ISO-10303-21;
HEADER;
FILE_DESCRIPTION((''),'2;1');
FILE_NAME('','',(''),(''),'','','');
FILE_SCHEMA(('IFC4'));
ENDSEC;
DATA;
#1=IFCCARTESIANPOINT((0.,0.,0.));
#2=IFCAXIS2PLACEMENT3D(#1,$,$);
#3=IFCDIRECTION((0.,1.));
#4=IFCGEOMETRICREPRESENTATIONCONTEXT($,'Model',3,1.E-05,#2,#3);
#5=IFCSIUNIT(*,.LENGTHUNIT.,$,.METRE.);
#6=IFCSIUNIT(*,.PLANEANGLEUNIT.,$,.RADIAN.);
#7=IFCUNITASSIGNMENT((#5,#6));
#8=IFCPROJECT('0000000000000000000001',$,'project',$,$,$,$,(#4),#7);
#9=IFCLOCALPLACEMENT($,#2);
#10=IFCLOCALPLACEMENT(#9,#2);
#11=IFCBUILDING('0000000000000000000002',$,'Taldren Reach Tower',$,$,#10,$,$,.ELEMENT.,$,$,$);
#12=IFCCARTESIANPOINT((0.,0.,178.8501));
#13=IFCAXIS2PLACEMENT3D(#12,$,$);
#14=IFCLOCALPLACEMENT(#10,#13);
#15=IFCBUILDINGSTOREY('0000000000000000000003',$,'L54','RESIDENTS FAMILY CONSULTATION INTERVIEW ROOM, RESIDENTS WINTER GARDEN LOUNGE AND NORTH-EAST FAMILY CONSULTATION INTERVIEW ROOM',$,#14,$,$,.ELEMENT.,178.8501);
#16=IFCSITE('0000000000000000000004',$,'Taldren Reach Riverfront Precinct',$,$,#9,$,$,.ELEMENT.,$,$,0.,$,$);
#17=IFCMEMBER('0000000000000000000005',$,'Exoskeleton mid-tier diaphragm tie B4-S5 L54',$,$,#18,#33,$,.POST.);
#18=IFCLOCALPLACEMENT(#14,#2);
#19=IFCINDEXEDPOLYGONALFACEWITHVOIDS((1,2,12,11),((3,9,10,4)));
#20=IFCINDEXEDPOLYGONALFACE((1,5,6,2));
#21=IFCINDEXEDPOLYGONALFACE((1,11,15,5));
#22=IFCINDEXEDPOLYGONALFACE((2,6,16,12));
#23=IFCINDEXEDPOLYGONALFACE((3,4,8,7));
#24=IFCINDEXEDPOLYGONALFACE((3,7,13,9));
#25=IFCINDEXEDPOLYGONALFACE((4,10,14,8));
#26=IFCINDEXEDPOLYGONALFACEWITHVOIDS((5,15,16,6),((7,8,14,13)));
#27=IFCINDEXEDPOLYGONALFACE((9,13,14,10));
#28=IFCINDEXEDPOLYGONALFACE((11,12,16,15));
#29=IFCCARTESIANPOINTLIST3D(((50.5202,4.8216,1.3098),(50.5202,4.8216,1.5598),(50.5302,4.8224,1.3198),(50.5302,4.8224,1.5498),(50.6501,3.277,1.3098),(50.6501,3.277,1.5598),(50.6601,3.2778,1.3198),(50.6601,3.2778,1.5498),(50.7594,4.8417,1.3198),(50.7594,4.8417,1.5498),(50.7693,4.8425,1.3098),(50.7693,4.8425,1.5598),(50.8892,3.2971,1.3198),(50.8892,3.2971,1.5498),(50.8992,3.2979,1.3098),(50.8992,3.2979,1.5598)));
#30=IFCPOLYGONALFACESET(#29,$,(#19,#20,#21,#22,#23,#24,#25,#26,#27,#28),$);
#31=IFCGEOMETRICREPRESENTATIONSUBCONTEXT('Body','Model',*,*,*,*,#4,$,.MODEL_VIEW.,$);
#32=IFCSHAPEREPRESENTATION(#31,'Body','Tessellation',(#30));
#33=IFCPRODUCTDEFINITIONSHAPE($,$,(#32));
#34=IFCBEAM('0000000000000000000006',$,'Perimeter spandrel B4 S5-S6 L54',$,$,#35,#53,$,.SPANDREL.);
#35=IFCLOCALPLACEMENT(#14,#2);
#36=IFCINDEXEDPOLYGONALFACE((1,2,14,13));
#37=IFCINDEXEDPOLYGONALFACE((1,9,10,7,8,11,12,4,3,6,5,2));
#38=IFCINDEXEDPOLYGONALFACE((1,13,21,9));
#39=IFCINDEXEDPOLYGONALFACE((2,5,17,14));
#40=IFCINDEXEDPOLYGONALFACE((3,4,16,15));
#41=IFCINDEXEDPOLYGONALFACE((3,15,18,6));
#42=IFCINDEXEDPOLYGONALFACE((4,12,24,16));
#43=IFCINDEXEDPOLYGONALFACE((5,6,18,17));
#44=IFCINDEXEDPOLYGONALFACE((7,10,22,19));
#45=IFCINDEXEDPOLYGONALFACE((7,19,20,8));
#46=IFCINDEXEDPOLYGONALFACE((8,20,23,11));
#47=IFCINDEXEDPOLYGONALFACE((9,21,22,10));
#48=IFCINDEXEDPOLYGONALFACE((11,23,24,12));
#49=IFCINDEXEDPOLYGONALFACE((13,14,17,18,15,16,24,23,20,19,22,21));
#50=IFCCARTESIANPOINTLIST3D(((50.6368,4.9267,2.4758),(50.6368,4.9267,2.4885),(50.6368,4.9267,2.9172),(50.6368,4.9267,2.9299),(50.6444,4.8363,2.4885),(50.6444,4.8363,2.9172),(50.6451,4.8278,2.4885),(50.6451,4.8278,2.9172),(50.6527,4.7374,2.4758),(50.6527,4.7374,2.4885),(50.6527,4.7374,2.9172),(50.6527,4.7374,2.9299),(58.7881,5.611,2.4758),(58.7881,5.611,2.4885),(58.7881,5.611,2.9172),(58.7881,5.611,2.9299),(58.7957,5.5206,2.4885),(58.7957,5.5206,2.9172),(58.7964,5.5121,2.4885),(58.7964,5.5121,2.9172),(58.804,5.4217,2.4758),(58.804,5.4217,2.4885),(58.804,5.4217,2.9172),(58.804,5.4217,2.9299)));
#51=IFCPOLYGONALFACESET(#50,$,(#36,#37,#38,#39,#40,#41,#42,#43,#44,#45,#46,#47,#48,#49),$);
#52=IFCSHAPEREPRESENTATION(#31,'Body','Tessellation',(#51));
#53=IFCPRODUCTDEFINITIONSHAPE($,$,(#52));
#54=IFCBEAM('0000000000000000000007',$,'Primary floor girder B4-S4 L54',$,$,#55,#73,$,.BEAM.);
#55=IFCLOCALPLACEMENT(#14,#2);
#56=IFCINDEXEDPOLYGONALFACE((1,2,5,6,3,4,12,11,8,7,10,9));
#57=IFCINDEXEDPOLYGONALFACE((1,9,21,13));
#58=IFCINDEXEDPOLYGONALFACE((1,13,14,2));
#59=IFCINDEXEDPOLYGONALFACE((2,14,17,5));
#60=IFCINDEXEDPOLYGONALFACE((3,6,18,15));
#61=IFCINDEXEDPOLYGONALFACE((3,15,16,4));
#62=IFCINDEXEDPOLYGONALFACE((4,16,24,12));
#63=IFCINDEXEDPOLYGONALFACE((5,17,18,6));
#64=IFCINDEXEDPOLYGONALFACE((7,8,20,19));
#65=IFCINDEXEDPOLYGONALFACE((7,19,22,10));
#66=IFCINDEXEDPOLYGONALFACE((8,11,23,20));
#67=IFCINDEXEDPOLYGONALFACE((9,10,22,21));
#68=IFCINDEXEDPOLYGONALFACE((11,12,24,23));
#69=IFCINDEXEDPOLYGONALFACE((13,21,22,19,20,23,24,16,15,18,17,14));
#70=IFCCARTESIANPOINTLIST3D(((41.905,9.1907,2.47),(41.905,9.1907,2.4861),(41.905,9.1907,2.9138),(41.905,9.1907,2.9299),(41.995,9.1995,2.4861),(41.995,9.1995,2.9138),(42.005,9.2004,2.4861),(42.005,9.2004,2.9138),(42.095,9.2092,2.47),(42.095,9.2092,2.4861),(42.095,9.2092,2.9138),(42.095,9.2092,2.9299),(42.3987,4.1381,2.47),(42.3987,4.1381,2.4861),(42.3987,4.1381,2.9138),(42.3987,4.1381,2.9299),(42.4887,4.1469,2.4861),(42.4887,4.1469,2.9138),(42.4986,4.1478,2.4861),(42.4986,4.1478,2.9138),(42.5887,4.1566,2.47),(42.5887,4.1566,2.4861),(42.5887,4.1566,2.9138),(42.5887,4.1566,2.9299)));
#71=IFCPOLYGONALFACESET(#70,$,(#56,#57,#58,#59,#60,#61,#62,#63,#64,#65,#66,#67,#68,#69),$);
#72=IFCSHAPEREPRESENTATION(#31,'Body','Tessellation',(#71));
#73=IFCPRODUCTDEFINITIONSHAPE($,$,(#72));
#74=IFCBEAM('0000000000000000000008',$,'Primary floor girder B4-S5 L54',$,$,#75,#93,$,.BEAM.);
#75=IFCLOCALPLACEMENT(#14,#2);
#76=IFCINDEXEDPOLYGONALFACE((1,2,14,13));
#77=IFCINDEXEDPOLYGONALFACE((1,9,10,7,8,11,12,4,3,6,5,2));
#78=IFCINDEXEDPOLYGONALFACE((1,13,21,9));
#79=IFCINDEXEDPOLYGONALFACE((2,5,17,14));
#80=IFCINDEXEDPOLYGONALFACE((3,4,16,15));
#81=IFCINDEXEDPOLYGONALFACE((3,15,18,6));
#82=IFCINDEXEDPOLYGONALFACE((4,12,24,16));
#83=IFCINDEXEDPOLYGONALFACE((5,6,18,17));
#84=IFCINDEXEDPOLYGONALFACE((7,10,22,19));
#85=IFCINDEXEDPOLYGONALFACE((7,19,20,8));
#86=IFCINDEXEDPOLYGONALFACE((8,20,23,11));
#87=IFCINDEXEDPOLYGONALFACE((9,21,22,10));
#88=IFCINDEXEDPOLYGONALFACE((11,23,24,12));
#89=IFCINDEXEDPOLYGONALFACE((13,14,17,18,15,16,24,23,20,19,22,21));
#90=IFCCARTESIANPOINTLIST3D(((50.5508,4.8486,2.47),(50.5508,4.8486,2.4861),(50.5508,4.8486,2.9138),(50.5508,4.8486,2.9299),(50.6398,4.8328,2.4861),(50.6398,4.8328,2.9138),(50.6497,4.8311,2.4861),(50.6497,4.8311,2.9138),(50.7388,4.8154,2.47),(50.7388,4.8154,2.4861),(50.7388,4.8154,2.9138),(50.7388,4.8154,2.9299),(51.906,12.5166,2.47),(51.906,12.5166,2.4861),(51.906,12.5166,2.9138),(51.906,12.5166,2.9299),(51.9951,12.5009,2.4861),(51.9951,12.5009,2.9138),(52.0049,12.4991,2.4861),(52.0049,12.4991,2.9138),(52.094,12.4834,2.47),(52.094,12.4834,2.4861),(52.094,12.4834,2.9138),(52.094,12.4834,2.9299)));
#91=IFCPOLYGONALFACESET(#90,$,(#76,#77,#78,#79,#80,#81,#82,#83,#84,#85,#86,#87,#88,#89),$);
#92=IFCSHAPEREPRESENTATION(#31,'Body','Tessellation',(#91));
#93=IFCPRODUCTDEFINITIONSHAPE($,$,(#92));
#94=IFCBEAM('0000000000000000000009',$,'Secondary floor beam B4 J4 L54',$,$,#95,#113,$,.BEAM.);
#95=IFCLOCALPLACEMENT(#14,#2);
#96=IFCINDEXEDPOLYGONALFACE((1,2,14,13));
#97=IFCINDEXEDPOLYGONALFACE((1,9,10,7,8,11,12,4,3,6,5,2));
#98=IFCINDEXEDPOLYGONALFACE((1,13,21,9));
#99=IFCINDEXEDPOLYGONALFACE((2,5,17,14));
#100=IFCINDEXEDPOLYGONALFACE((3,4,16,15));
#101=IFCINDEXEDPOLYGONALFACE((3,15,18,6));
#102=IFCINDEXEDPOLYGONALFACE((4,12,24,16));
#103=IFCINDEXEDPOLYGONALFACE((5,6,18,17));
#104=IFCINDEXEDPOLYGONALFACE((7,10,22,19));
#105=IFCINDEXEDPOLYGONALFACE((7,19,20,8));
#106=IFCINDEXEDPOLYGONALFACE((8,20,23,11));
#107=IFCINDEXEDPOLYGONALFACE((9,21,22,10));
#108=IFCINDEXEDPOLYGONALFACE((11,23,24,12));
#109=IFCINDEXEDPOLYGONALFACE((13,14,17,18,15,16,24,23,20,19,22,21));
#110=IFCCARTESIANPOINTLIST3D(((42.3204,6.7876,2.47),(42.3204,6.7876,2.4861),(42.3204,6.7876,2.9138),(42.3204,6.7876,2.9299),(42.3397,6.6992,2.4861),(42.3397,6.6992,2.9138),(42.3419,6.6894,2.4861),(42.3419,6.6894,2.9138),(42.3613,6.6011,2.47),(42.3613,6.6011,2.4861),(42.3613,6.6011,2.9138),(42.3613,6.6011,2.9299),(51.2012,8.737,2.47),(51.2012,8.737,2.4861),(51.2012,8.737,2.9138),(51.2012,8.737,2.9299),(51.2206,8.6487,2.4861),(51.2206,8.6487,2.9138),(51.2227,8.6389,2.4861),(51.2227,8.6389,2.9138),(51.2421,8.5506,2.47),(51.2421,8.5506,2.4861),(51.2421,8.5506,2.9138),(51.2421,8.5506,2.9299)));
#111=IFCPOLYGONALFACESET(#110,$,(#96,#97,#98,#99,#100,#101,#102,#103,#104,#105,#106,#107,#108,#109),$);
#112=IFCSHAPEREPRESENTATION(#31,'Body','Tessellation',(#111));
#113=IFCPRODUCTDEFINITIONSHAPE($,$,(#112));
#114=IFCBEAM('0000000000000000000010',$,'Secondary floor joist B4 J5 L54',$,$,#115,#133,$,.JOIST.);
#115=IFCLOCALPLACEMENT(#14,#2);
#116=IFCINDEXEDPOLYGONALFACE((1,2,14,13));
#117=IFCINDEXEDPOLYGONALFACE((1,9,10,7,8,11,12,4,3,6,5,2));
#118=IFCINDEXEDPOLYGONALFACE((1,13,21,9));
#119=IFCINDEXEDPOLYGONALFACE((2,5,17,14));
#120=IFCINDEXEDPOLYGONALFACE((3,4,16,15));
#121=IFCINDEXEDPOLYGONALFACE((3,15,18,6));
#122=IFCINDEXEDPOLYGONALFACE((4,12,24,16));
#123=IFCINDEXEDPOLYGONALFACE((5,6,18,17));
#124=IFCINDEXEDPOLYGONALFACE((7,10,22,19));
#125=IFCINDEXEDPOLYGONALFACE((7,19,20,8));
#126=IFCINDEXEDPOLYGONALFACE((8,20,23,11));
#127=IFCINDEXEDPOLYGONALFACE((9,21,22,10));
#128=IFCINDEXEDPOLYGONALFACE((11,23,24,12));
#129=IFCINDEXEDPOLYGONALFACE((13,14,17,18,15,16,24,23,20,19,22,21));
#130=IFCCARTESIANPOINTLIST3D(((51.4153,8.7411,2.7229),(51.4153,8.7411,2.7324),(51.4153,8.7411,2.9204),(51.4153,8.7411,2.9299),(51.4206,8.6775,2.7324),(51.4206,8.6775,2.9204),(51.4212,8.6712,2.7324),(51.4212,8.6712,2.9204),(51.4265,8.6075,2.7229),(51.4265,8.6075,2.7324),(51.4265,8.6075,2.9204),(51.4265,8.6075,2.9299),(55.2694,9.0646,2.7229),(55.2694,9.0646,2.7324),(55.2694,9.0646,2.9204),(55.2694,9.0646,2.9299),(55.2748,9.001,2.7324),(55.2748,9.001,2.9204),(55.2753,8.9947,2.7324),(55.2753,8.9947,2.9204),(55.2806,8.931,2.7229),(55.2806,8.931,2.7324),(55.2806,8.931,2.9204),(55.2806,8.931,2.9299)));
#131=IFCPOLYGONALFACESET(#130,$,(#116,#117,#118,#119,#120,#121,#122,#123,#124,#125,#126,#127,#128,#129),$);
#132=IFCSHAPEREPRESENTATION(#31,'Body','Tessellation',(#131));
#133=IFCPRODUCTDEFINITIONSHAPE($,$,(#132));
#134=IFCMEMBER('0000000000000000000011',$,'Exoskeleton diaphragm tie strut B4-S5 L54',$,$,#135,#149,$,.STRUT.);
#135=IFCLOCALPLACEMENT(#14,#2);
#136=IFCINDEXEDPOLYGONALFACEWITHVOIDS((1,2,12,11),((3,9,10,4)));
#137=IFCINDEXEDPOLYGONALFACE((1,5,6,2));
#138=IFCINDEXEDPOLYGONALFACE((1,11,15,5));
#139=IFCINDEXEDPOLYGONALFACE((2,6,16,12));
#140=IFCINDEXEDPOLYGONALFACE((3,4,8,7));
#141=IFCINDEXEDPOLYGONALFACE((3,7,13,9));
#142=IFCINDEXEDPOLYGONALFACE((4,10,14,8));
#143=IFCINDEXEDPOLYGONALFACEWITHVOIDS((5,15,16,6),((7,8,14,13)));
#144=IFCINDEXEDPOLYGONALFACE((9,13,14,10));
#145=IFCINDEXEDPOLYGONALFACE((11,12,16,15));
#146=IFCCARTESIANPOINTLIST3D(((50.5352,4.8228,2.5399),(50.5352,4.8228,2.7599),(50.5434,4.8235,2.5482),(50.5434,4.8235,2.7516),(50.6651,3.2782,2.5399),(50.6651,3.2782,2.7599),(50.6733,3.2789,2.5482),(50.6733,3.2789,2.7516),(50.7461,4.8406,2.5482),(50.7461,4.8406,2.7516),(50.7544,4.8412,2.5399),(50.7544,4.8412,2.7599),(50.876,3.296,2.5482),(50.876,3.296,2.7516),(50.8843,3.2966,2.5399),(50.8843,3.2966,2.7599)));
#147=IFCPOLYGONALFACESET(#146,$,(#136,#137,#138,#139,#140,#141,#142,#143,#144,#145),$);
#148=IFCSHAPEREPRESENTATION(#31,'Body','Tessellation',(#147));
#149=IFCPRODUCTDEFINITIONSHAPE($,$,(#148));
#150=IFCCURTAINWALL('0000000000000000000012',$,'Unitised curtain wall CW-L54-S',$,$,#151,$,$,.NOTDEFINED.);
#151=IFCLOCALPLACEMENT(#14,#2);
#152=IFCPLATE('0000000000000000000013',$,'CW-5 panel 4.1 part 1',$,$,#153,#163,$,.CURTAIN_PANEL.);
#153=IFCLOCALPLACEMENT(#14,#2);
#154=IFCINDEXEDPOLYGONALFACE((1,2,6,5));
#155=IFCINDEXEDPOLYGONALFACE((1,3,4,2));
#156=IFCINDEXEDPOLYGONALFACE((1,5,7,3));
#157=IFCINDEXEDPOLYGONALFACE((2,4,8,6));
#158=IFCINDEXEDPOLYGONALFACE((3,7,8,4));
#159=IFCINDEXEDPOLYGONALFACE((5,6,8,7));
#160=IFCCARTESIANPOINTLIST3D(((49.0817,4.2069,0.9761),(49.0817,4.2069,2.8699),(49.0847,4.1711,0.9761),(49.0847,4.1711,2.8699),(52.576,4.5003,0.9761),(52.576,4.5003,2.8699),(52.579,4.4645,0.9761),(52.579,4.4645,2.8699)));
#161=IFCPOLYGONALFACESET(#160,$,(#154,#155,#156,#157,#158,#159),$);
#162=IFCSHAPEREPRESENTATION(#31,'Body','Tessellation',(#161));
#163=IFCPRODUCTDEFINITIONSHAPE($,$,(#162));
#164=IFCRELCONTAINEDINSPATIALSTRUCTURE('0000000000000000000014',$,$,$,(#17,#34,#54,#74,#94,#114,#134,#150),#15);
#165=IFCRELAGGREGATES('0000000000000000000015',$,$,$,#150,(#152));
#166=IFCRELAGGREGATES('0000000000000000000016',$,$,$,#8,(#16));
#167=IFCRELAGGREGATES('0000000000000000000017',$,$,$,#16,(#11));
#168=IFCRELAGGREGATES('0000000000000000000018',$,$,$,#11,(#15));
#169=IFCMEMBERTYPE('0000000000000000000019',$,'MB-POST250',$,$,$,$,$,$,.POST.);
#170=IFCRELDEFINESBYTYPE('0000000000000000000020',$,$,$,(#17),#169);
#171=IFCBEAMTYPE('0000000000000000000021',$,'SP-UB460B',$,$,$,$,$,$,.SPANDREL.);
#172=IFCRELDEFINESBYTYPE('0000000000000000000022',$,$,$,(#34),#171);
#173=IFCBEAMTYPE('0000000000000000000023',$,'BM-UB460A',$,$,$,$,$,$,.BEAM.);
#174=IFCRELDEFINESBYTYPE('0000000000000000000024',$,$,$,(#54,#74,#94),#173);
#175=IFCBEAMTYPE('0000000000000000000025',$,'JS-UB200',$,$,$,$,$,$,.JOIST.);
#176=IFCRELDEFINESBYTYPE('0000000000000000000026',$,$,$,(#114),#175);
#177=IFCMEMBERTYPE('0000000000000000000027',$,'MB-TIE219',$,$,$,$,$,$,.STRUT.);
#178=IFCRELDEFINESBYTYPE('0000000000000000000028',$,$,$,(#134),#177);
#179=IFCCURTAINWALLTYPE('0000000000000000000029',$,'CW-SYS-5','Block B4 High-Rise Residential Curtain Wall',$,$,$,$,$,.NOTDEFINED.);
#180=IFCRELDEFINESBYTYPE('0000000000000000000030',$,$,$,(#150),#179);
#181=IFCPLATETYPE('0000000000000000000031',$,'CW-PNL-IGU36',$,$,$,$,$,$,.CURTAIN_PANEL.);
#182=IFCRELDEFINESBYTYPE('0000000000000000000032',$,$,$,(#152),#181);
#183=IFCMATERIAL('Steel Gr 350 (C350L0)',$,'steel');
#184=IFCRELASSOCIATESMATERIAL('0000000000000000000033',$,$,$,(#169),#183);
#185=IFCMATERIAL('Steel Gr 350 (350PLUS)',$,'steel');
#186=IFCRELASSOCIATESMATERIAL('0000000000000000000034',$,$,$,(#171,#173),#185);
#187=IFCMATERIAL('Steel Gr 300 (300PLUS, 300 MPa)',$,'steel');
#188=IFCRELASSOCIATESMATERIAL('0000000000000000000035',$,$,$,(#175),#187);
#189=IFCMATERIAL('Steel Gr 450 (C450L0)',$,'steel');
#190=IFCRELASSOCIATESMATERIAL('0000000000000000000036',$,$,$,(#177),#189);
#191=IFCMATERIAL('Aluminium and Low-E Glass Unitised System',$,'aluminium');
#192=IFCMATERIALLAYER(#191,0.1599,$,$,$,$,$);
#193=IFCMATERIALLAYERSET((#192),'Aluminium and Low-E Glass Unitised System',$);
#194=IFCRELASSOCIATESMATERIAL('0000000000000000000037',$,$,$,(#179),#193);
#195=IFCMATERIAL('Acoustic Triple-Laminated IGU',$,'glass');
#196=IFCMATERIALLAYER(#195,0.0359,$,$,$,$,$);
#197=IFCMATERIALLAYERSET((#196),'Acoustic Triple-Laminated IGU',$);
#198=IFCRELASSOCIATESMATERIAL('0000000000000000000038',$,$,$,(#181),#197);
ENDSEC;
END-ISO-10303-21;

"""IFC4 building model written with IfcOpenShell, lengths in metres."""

from ifc_helpers import new_model, si_unit, direction, frame, origin, origin_2d, place, context, subcontext, project, spatial, rectangle, hollow_rectangle, i_section, extrude, source, transform, mapped, material, layer, layer_set, material_profile, profile_set, type_object, element, aggregate, save


model = new_model("IFC4")

# Units and contexts
model_context = context("Model", 3, precision=1e-05, world=origin(), true_north=direction((0.0, 1.0)))
body_context = subcontext(model_context, "Body", "Model", "MODEL_VIEW")
ifc_project = project(units=[si_unit("LENGTHUNIT", "METRE"), si_unit("PLANEANGLEUNIT", "RADIAN")], contexts=[model_context])

# Site, building, storey
site_placement = place(None, origin())
site = spatial("IfcSite", under=ifc_project, at=site_placement, Name="Taldren Reach Riverfront Precinct", CompositionType="ELEMENT", RefElevation=0.0)
building_placement = place(site_placement, origin())
building = spatial("IfcBuilding", under=site, at=building_placement, Name="Taldren Reach Tower", CompositionType="ELEMENT")
storey_placement = place(building_placement, frame((0.0, 0.0, 178.8501)))
storey = spatial("IfcBuildingStorey", under=building, at=storey_placement, Name="L54", Description="RESIDENTS FAMILY CONSULTATION INTERVIEW ROOM, RESIDENTS WINTER GARDEN LOUNGE AND NORTH-EAST FAMILY CONSULTATION INTERVIEW ROOM", CompositionType="ELEMENT", Elevation=178.8501)

# Shared definitions
ifc_material_1 = material(Name="Steel Gr 350 (350PLUS)", Category="steel")
ifc_material_2 = material(Name="Steel Gr 450 (C450L0)", Category="steel")

# Member
ifc_material_3 = material(Name="Steel Gr 350 (C350L0)", Category="steel")
ifc_material_profile_1 = material_profile(ifc_material_3, hollow_rectangle(XDim=0.25, YDim=0.25, WallThickness=0.01, at=origin_2d()), Name="250x250x10.0SHS")
ifc_profile_set_1 = profile_set([ifc_material_profile_1], Name="Steel Gr 350 (C350L0)")
member_type_1 = type_object("IfcMemberType", Name="MB-POST250", PredefinedType="POST", material=ifc_profile_set_1)
shared_shape_1 = source(origin(), body_context, "Body", "SweptSolid", [
    extrude(hollow_rectangle(XDim=0.25, YDim=0.25, WallThickness=0.01, at=origin_2d()), origin(), (0.0, 0.0, 1.0), 1.55),
])
for number, where, z_axis, x_axis, name in (
    (1, (50.6448, 4.832, 1.4348), (0.083788, -0.996484, 0.0), (0.996484, 0.083788, 0.0), "Exoskeleton mid-tier diaphragm tie B4-S5 L54"),
):
    element("IfcMember", number, at=place(storey_placement, frame(where, z_axis=z_axis, x_axis=x_axis)), inside=storey, type_object=member_type_1, Name=name, PredefinedType="POST", context=body_context, shape_type="MappedRepresentation", body=[
        mapped(shared_shape_1, transform((0.0, 0.0, 0.0), scale=1.0)),
    ])

# Beams
ifc_material_profile_2 = material_profile(ifc_material_1, i_section(OverallWidth=0.1899, OverallDepth=0.4541, WebThickness=0.0085, FlangeThickness=0.0127, at=origin_2d()), Name="460UB67.1")
ifc_profile_set_2 = profile_set([ifc_material_profile_2], Name="Steel Gr 350 (350PLUS)")
beam_type_1 = type_object("IfcBeamType", Name="SP-UB460B", PredefinedType="SPANDREL", material=ifc_profile_set_2)
shared_shape_2 = source(origin(), body_context, "Body", "SweptSolid", [
    extrude(i_section(OverallWidth=0.1899, OverallDepth=0.4541, WebThickness=0.0085, FlangeThickness=0.0127, at=origin_2d()), origin(), (0.0, 0.0, 1.0), 8.1799),
])
beam_1_placement = place(storey_placement, frame((50.6448, 4.832, 2.7029), z_axis=(0.996495, 0.083658, 0.0), x_axis=(-0.083658, 0.996495, 0.0)))
element("IfcBeam", 2, at=beam_1_placement, inside=storey, type_object=beam_type_1, Name="Perimeter spandrel B4 S5-S6 L54", PredefinedType="SPANDREL", context=body_context, shape_type="MappedRepresentation", body=[
    mapped(shared_shape_2, transform((0.0, 0.0, 0.0), scale=1.0)),
])
ifc_material_profile_3 = material_profile(ifc_material_1, i_section(OverallWidth=0.1909, OverallDepth=0.46, WebThickness=0.01, FlangeThickness=0.0161, at=origin_2d()), Name="460UB82.1")
ifc_profile_set_3 = profile_set([ifc_material_profile_3], Name="Steel Gr 350 (350PLUS)")
beam_type_2 = type_object("IfcBeamType", Name="BM-UB460A", PredefinedType="BEAM", material=ifc_profile_set_3)
shared_shape_3 = source(origin(), body_context, "Body", "SweptSolid", [
    extrude(i_section(OverallWidth=0.1909, OverallDepth=0.46, WebThickness=0.01, FlangeThickness=0.0161, at=origin_2d()), origin(), (0.0, 0.0, 1.0), 5.0767),
])
beam_2_placement = place(storey_placement, frame((42.0, 9.2, 2.7), z_axis=(0.097242, -0.995261, 0.0), x_axis=(0.995261, 0.097242, 0.0)))
element("IfcBeam", 3, at=beam_2_placement, inside=storey, type_object=beam_type_2, Name="Primary floor girder B4-S4 L54", PredefinedType="BEAM", context=body_context, shape_type="MappedRepresentation", body=[
    mapped(shared_shape_3, transform((0.0, 0.0, 0.0), scale=1.0)),
])
shared_shape_4 = source(origin(), body_context, "Body", "SweptSolid", [
    extrude(i_section(OverallWidth=0.1909, OverallDepth=0.46, WebThickness=0.01, FlangeThickness=0.0161, at=origin_2d()), origin(), (0.0, 0.0, 1.0), 7.7869),
])
beam_3_placement = place(storey_placement, frame((52.0, 12.5, 2.7), z_axis=(-0.174041, -0.984738, 0.0), x_axis=(0.984738, -0.174041, 0.0)))
element("IfcBeam", 4, at=beam_3_placement, inside=storey, type_object=beam_type_2, Name="Primary floor girder B4-S5 L54", PredefinedType="BEAM", context=body_context, shape_type="MappedRepresentation", body=[
    mapped(shared_shape_4, transform((0.0, 0.0, 0.0), scale=1.0)),
])
shared_shape_5 = source(origin(), body_context, "Body", "SweptSolid", [
    extrude(i_section(OverallWidth=0.1909, OverallDepth=0.46, WebThickness=0.01, FlangeThickness=0.0161, at=origin_2d()), origin(), (0.0, 0.0, 1.0), 9.0923),
])
beam_4_placement = place(storey_placement, frame((42.3408, 6.6943, 2.7), z_axis=(0.976744, 0.214408, 0.0), x_axis=(-0.214408, 0.976744, 0.0)))
element("IfcBeam", 5, at=beam_4_placement, inside=storey, type_object=beam_type_2, Name="Secondary floor beam B4 J4 L54", PredefinedType="BEAM", context=body_context, shape_type="MappedRepresentation", body=[
    mapped(shared_shape_5, transform((0.0, 0.0, 0.0), scale=1.0)),
])
ifc_material_4 = material(Name="Steel Gr 300 (300PLUS, 300 MPa)", Category="steel")
ifc_material_profile_4 = material_profile(ifc_material_4, i_section(OverallWidth=0.134, OverallDepth=0.207, WebThickness=0.0063, FlangeThickness=0.0095, at=origin_2d()), Name="200UB29.8")
ifc_profile_set_4 = profile_set([ifc_material_profile_4], Name="Steel Gr 300 (300PLUS, 300 MPa)")
beam_type_3 = type_object("IfcBeamType", Name="JS-UB200", PredefinedType="JOIST", material=ifc_profile_set_4)
shared_shape_6 = source(origin(), body_context, "Body", "SweptSolid", [
    extrude(i_section(OverallWidth=0.134, OverallDepth=0.207, WebThickness=0.0063, FlangeThickness=0.0095, at=origin_2d()), origin(), (0.0, 0.0, 1.0), 3.8677),
])
beam_5_placement = place(storey_placement, frame((51.4209, 8.6743, 2.8264), z_axis=(0.996496, 0.083641, 0.0), x_axis=(-0.083641, 0.996496, 0.0)))
element("IfcBeam", 6, at=beam_5_placement, inside=storey, type_object=beam_type_3, Name="Secondary floor joist B4 J5 L54", PredefinedType="JOIST", context=body_context, shape_type="MappedRepresentation", body=[
    mapped(shared_shape_6, transform((0.0, 0.0, 0.0), scale=1.0)),
])

# Member
ifc_material_profile_5 = material_profile(ifc_material_2, hollow_rectangle(XDim=0.22, YDim=0.22, WallThickness=0.0083, at=origin_2d()), Name="220x220x8.2SHS")
ifc_profile_set_5 = profile_set([ifc_material_profile_5], Name="Steel Gr 450 (C450L0)")
member_type_2 = type_object("IfcMemberType", Name="MB-TIE219", PredefinedType="STRUT", material=ifc_profile_set_5)
shared_shape_7 = source(origin(), body_context, "Body", "SweptSolid", [
    extrude(hollow_rectangle(XDim=0.22, YDim=0.22, WallThickness=0.0083, at=origin_2d()), origin(), (0.0, 0.0, 1.0), 1.55),
])
member_placement = place(storey_placement, frame((50.6448, 4.832, 2.6499), z_axis=(0.083788, -0.996484, 0.0), x_axis=(0.996484, 0.083788, 0.0)))
element("IfcMember", 7, at=member_placement, inside=storey, type_object=member_type_2, Name="Exoskeleton diaphragm tie strut B4-S5 L54", PredefinedType="STRUT", context=body_context, shape_type="MappedRepresentation", body=[
    mapped(shared_shape_7, transform((0.0, 0.0, 0.0), scale=1.0)),
])

# Curtain wall, plate
ifc_material_5 = material(Name="Aluminium and Low-E Glass Unitised System", Category="aluminium")
ifc_layer_1 = layer(ifc_material_5, 0.1599)
ifc_layer_set_1 = layer_set([ifc_layer_1], Name="Aluminium and Low-E Glass Unitised System")
curtain_wall_type = type_object("IfcCurtainWallType", Name="CW-SYS-5", Description="Block B4 High-Rise Residential Curtain Wall", PredefinedType="NOTDEFINED", material=ifc_layer_set_1)
curtain_wall_placement = place(storey_placement, origin())
curtain_wall = element("IfcCurtainWall", 8, at=curtain_wall_placement, inside=storey, type_object=curtain_wall_type, Name="Unitised curtain wall CW-L54-S", PredefinedType="NOTDEFINED")
ifc_material_6 = material(Name="Acoustic Triple-Laminated IGU", Category="glass")
ifc_layer_2 = layer(ifc_material_6, 0.0359)
ifc_layer_set_2 = layer_set([ifc_layer_2], Name="Acoustic Triple-Laminated IGU")
plate_type = type_object("IfcPlateType", Name="CW-PNL-IGU36", PredefinedType="CURTAIN_PANEL", material=ifc_layer_set_2)
shared_shape_8 = source(origin(), body_context, "Body", "SweptSolid", [
    extrude(rectangle(XDim=3.5066, YDim=0.0359, at=origin_2d()), origin(), (0.0, 0.0, 1.0), 1.8938),
])
plate_placement = place(storey_placement, frame((50.8303, 4.3357, 0.9761), z_axis=(0.0, 0.0, 1.0), x_axis=(0.996493, 0.083678, 0.0)))
plate = element("IfcPlate", 9, at=plate_placement, type_object=plate_type, Name="CW-5 panel 4.1 part 1", PredefinedType="CURTAIN_PANEL", context=body_context, shape_type="MappedRepresentation", body=[
    mapped(shared_shape_8, transform((0.0, 0.0, 0.0), scale=1.0)),
])
aggregate(curtain_wall, [plate])

save(model, "model.ifc")
